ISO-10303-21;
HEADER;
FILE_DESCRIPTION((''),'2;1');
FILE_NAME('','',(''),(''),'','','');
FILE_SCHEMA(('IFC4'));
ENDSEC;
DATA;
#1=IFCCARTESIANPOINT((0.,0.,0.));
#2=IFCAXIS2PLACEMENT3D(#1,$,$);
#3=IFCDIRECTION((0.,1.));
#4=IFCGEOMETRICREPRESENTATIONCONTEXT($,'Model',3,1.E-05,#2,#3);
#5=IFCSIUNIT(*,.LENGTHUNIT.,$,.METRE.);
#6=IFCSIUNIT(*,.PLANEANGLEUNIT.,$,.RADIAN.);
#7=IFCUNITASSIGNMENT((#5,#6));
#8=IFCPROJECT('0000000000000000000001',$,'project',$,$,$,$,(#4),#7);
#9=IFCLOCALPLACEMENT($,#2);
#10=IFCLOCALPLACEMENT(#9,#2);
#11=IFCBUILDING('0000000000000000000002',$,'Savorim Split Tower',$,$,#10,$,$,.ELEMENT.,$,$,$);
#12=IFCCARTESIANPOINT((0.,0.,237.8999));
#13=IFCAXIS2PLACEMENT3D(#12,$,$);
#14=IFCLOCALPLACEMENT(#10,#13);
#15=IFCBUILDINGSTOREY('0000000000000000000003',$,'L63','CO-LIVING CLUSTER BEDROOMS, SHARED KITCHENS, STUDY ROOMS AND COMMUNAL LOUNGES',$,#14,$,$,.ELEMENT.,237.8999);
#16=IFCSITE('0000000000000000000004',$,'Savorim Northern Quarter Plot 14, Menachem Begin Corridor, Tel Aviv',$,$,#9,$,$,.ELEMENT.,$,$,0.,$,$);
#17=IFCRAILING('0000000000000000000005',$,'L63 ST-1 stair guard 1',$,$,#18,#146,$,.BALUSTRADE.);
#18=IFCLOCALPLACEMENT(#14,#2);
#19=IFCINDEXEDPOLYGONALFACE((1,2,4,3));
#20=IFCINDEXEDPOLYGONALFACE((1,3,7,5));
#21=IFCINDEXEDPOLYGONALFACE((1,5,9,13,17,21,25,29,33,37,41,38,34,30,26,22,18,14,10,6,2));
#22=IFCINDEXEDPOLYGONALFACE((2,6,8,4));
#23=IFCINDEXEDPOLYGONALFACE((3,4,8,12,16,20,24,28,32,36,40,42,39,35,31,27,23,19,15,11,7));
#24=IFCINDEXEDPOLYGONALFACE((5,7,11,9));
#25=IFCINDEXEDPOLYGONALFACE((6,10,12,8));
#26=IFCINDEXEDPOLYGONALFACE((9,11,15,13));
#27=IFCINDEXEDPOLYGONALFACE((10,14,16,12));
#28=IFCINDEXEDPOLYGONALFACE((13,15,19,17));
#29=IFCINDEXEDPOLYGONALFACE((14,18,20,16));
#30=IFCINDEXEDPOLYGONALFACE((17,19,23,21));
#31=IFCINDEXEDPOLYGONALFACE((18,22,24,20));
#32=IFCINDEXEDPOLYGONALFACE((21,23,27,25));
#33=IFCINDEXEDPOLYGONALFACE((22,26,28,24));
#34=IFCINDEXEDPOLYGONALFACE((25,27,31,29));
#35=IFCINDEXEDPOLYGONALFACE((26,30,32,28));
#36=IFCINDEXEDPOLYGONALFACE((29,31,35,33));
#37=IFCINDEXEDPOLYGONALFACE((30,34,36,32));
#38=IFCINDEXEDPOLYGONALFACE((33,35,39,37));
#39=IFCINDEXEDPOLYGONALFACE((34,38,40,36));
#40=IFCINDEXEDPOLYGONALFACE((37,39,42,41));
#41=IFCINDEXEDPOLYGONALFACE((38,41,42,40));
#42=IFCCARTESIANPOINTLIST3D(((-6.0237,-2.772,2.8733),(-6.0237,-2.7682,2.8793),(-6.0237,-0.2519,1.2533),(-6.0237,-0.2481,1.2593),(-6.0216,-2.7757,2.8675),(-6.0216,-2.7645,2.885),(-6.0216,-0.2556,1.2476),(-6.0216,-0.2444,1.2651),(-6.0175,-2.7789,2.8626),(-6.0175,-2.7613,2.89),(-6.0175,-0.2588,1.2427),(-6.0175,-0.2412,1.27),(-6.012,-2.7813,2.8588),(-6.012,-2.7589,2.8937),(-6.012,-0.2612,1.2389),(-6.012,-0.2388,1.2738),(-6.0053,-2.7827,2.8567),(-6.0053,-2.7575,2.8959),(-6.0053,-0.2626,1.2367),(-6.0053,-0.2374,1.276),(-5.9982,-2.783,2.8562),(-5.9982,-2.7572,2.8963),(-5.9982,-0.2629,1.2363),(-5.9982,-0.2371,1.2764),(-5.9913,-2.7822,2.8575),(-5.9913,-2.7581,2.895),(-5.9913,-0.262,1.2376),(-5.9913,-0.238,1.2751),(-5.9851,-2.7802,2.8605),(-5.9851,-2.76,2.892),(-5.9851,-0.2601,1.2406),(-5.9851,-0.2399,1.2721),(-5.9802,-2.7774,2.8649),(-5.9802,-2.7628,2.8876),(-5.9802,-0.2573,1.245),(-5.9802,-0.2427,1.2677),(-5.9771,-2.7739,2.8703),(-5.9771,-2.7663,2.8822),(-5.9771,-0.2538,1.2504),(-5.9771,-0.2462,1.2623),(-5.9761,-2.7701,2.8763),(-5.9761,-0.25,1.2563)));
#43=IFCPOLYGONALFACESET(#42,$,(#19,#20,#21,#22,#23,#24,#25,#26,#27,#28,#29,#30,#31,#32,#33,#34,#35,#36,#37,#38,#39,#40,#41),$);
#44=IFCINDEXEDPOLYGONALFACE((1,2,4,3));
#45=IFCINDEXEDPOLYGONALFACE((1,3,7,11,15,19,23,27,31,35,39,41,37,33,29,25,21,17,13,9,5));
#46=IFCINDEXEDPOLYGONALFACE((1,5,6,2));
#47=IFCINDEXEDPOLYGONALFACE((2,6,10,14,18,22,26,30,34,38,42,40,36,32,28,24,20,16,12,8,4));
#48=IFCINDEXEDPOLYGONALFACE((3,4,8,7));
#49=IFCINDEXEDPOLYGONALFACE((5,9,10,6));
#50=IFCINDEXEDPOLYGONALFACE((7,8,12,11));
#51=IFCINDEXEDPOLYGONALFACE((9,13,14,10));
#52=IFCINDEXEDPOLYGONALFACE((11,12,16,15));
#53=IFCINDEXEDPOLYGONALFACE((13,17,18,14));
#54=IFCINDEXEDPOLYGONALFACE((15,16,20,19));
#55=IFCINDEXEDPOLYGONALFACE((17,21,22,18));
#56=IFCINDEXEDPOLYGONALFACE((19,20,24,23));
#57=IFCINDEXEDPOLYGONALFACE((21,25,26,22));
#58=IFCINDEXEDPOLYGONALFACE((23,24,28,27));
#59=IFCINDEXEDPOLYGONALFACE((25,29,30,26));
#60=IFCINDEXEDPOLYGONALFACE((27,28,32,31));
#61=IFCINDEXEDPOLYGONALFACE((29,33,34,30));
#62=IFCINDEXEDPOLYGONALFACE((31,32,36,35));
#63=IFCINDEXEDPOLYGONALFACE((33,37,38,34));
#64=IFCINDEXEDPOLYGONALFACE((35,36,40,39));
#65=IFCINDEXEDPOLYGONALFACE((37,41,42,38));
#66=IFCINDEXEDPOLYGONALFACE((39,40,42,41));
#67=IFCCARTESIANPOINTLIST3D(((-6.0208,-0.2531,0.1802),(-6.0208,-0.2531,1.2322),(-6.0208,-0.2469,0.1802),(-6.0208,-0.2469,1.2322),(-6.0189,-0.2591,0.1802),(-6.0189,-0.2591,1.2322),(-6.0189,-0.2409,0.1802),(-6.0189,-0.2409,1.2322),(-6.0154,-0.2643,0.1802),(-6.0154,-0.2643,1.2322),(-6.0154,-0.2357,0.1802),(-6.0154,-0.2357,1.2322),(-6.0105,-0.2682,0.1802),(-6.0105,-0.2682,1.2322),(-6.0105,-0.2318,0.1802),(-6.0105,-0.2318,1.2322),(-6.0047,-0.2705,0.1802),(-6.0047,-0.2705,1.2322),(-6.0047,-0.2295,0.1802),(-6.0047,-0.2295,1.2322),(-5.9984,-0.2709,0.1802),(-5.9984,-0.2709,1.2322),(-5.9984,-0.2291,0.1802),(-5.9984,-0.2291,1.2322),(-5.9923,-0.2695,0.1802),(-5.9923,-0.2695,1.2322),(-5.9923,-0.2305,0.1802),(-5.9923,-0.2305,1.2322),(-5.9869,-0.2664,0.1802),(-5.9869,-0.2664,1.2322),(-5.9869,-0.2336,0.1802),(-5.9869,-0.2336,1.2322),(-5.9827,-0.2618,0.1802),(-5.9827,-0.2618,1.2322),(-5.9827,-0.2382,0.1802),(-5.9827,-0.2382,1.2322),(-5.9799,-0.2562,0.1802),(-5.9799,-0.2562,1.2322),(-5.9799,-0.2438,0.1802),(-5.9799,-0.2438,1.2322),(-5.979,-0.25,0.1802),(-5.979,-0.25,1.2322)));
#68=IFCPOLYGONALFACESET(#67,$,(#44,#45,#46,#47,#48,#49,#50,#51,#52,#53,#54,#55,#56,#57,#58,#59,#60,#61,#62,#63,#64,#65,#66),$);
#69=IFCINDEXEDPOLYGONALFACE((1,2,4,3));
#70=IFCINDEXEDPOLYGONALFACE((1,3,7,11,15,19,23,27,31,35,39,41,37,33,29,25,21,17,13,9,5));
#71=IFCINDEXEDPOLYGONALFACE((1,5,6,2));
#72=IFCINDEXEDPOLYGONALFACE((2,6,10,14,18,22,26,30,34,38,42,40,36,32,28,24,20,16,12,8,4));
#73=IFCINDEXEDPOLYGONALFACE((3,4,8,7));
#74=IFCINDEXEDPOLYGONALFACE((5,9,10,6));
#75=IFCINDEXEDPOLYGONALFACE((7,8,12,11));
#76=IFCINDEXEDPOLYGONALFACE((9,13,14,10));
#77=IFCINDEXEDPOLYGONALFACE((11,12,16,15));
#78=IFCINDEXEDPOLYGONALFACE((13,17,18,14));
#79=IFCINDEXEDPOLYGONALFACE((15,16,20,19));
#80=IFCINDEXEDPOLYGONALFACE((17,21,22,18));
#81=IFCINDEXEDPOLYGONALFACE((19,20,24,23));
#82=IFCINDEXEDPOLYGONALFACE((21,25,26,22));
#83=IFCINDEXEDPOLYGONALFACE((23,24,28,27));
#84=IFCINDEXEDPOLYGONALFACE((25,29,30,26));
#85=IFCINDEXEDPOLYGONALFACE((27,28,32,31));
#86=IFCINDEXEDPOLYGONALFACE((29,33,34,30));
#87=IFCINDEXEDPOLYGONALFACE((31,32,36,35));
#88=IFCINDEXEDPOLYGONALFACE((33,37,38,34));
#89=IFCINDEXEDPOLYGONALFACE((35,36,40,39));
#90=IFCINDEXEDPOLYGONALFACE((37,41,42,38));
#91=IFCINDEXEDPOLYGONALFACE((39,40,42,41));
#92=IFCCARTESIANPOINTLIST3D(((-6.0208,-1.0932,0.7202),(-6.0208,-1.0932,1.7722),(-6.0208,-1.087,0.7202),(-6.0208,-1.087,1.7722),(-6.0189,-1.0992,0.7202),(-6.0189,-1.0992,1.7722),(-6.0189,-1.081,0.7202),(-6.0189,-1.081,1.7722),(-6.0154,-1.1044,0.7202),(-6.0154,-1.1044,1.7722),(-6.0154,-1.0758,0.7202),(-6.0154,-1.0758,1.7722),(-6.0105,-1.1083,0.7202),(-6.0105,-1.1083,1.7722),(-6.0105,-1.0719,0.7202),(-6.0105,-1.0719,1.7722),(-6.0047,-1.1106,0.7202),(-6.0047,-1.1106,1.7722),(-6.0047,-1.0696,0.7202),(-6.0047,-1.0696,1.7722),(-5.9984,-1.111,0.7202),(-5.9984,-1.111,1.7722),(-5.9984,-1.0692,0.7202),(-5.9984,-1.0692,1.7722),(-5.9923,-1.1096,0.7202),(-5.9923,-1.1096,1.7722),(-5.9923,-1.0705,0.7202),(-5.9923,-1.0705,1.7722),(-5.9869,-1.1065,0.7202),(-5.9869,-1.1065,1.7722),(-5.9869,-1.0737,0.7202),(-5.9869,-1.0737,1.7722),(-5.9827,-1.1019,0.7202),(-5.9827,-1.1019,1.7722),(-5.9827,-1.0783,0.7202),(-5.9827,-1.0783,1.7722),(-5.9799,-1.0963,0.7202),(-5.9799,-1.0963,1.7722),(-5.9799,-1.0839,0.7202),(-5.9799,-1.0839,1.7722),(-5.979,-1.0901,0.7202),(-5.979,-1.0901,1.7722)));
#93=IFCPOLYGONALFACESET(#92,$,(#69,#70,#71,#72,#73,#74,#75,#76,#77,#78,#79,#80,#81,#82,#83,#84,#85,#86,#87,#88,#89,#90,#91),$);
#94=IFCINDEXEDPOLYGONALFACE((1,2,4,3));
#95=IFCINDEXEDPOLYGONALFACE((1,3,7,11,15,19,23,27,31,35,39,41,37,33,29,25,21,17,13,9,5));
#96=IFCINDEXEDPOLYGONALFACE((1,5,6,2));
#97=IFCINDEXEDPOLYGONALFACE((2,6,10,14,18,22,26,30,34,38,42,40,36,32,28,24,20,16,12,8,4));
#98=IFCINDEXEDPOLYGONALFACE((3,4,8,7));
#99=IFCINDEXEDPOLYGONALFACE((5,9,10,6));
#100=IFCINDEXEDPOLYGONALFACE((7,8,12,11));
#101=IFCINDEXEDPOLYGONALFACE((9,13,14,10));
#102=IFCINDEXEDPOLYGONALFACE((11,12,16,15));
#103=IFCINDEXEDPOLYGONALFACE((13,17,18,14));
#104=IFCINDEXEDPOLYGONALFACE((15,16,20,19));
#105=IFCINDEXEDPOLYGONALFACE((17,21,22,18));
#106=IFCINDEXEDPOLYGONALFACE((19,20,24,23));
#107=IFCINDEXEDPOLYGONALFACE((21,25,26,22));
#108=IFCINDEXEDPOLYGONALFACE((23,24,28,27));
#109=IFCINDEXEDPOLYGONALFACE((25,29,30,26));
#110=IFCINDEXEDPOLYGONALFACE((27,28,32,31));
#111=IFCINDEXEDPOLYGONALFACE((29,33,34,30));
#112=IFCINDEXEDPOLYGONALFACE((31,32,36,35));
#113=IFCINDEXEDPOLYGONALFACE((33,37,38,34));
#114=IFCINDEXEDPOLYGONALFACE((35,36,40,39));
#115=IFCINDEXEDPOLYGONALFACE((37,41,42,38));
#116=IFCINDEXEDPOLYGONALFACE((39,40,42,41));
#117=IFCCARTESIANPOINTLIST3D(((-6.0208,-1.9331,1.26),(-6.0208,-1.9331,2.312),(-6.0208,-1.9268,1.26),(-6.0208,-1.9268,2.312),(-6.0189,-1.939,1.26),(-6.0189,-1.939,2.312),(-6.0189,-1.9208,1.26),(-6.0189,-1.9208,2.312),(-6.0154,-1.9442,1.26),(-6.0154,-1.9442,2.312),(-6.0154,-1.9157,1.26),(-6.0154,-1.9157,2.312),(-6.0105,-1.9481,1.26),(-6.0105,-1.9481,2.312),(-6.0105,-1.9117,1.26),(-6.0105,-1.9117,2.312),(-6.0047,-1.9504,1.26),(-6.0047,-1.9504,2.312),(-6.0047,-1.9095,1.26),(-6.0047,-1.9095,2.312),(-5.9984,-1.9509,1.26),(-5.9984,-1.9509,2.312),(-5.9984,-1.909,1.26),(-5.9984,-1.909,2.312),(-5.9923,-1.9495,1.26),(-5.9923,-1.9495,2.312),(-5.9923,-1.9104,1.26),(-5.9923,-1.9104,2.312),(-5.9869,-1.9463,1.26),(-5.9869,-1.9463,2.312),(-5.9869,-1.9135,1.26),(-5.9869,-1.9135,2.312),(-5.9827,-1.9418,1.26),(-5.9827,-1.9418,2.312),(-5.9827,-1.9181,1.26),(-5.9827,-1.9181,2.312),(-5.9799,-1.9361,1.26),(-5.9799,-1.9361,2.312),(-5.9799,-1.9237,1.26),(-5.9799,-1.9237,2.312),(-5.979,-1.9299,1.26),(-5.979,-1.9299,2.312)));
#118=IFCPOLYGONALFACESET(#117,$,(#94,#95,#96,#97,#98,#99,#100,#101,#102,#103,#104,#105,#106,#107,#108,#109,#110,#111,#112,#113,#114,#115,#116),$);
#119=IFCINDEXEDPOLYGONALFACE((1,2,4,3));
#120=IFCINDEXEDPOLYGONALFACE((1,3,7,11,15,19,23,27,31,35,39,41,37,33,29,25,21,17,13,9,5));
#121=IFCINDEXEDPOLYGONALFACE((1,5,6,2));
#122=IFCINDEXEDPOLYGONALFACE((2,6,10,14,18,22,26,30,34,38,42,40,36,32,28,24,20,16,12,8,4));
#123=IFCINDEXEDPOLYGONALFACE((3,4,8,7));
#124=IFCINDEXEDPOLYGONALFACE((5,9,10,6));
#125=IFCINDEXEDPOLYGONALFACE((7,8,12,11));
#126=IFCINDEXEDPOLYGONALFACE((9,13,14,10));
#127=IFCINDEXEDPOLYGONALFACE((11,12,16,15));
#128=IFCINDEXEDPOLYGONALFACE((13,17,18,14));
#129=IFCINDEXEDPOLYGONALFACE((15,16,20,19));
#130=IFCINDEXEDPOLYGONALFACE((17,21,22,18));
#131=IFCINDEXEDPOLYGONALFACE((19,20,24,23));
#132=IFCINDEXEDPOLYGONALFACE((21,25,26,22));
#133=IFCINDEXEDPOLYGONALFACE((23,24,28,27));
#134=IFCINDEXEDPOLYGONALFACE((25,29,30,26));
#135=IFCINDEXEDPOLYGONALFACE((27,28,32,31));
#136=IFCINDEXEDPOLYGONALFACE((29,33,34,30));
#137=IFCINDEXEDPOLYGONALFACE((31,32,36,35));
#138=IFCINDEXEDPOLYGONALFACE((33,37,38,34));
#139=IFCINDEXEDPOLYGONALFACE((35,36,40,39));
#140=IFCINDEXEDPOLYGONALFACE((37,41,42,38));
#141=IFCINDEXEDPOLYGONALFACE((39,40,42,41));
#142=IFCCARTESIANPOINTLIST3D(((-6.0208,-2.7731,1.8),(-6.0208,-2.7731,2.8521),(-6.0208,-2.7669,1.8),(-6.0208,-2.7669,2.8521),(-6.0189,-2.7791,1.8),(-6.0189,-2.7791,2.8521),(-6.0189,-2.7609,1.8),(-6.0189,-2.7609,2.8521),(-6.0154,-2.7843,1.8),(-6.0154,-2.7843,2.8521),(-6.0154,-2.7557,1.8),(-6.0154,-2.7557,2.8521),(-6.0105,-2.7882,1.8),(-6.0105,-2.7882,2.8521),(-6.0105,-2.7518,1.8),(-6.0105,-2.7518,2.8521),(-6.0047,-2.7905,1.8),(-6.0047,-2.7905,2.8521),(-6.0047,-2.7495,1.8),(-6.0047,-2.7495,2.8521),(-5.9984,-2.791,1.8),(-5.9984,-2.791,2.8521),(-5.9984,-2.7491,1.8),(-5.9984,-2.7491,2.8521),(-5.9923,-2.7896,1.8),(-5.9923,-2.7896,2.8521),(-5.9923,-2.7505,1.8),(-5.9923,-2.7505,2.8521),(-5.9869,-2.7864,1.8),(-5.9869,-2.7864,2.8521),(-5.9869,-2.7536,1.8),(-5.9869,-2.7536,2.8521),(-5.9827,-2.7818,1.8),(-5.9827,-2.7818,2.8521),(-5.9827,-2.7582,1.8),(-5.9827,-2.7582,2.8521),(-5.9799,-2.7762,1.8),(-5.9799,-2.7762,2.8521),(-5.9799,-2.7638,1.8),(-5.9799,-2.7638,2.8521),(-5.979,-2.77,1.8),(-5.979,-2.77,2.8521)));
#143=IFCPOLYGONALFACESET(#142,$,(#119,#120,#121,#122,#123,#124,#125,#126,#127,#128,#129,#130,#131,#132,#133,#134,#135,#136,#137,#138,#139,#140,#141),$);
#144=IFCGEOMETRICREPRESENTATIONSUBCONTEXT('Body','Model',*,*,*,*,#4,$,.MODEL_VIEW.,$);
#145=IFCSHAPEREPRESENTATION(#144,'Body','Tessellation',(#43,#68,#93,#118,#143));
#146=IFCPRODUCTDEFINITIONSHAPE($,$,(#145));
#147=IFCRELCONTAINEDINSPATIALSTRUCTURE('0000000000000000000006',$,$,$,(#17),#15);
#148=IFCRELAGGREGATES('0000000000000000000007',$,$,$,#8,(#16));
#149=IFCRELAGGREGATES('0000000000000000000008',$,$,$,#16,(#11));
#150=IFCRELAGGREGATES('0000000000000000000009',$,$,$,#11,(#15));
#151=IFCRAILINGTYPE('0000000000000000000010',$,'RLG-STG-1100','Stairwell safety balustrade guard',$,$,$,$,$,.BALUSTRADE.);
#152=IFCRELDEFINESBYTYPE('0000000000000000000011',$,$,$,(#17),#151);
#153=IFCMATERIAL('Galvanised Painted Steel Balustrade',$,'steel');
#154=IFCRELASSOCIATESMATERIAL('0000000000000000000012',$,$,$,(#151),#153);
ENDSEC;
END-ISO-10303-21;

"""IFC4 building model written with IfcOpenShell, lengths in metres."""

from ifc_helpers import new_model, si_unit, direction, frame, origin, origin_2d, place, context, subcontext, project, spatial, circle, extrude, material, type_object, element, save


model = new_model("IFC4")

# Units and contexts
model_context = context("Model", 3, precision=1e-05, world=origin(), true_north=direction((0.0, 1.0)))
body_context = subcontext(model_context, "Body", "Model", "MODEL_VIEW")
ifc_project = project(units=[si_unit("LENGTHUNIT", "METRE"), si_unit("PLANEANGLEUNIT", "RADIAN")], contexts=[model_context])

# Site, building, storey
site_placement = place(None, origin())
site = spatial("IfcSite", under=ifc_project, at=site_placement, Name="Savorim Northern Quarter Plot 14, Menachem Begin Corridor, Tel Aviv", CompositionType="ELEMENT", RefElevation=0.0)
building_placement = place(site_placement, origin())
building = spatial("IfcBuilding", under=site, at=building_placement, Name="Savorim Split Tower", CompositionType="ELEMENT")
storey_placement = place(building_placement, frame((0.0, 0.0, 237.8999)))
storey = spatial("IfcBuildingStorey", under=building, at=storey_placement, Name="L63", Description="CO-LIVING CLUSTER BEDROOMS, SHARED KITCHENS, STUDY ROOMS AND COMMUNAL LOUNGES", CompositionType="ELEMENT", Elevation=237.8999)

# Railing
ifc_material_1 = material(Name="Galvanised Painted Steel Balustrade", Category="steel")
railing_type_1 = type_object("IfcRailingType", Name="RLG-STG-1100", Description="Stairwell safety balustrade guard", PredefinedType="BALUSTRADE", material=ifc_material_1)
railing_1_placement = place(storey_placement, frame((-6.0, -0.25, 0.1802)))
element("IfcRailing", 1, at=railing_1_placement, inside=storey, type_object=railing_type_1, Name="L63 ST-1 stair guard 1", PredefinedType="BALUSTRADE", context=body_context, shape_type="SweptSolid", body=[
    extrude(circle(Radius=0.0239, at=origin_2d()), frame((0.0, 0.0, 1.0762), z_axis=(0.0, -0.8412, 0.540725), x_axis=(1.0, 0.0, 0.0)), (0.0, 0.0, 1.0), 2.9958),
    extrude(circle(Radius=0.021, at=origin_2d()), origin(), (0.0, 0.0, 1.0), 1.052),
    extrude(circle(Radius=0.021, at=origin_2d()), frame((0.0, -0.8401, 0.54)), (0.0, 0.0, 1.0), 1.052),
    extrude(circle(Radius=0.021, at=origin_2d()), frame((0.0, -1.6799, 1.0798)), (0.0, 0.0, 1.0), 1.052),
    extrude(circle(Radius=0.021, at=origin_2d()), frame((0.0, -2.52, 1.6199)), (0.0, 0.0, 1.0), 1.052),
])

save(model, "model.ifc")
